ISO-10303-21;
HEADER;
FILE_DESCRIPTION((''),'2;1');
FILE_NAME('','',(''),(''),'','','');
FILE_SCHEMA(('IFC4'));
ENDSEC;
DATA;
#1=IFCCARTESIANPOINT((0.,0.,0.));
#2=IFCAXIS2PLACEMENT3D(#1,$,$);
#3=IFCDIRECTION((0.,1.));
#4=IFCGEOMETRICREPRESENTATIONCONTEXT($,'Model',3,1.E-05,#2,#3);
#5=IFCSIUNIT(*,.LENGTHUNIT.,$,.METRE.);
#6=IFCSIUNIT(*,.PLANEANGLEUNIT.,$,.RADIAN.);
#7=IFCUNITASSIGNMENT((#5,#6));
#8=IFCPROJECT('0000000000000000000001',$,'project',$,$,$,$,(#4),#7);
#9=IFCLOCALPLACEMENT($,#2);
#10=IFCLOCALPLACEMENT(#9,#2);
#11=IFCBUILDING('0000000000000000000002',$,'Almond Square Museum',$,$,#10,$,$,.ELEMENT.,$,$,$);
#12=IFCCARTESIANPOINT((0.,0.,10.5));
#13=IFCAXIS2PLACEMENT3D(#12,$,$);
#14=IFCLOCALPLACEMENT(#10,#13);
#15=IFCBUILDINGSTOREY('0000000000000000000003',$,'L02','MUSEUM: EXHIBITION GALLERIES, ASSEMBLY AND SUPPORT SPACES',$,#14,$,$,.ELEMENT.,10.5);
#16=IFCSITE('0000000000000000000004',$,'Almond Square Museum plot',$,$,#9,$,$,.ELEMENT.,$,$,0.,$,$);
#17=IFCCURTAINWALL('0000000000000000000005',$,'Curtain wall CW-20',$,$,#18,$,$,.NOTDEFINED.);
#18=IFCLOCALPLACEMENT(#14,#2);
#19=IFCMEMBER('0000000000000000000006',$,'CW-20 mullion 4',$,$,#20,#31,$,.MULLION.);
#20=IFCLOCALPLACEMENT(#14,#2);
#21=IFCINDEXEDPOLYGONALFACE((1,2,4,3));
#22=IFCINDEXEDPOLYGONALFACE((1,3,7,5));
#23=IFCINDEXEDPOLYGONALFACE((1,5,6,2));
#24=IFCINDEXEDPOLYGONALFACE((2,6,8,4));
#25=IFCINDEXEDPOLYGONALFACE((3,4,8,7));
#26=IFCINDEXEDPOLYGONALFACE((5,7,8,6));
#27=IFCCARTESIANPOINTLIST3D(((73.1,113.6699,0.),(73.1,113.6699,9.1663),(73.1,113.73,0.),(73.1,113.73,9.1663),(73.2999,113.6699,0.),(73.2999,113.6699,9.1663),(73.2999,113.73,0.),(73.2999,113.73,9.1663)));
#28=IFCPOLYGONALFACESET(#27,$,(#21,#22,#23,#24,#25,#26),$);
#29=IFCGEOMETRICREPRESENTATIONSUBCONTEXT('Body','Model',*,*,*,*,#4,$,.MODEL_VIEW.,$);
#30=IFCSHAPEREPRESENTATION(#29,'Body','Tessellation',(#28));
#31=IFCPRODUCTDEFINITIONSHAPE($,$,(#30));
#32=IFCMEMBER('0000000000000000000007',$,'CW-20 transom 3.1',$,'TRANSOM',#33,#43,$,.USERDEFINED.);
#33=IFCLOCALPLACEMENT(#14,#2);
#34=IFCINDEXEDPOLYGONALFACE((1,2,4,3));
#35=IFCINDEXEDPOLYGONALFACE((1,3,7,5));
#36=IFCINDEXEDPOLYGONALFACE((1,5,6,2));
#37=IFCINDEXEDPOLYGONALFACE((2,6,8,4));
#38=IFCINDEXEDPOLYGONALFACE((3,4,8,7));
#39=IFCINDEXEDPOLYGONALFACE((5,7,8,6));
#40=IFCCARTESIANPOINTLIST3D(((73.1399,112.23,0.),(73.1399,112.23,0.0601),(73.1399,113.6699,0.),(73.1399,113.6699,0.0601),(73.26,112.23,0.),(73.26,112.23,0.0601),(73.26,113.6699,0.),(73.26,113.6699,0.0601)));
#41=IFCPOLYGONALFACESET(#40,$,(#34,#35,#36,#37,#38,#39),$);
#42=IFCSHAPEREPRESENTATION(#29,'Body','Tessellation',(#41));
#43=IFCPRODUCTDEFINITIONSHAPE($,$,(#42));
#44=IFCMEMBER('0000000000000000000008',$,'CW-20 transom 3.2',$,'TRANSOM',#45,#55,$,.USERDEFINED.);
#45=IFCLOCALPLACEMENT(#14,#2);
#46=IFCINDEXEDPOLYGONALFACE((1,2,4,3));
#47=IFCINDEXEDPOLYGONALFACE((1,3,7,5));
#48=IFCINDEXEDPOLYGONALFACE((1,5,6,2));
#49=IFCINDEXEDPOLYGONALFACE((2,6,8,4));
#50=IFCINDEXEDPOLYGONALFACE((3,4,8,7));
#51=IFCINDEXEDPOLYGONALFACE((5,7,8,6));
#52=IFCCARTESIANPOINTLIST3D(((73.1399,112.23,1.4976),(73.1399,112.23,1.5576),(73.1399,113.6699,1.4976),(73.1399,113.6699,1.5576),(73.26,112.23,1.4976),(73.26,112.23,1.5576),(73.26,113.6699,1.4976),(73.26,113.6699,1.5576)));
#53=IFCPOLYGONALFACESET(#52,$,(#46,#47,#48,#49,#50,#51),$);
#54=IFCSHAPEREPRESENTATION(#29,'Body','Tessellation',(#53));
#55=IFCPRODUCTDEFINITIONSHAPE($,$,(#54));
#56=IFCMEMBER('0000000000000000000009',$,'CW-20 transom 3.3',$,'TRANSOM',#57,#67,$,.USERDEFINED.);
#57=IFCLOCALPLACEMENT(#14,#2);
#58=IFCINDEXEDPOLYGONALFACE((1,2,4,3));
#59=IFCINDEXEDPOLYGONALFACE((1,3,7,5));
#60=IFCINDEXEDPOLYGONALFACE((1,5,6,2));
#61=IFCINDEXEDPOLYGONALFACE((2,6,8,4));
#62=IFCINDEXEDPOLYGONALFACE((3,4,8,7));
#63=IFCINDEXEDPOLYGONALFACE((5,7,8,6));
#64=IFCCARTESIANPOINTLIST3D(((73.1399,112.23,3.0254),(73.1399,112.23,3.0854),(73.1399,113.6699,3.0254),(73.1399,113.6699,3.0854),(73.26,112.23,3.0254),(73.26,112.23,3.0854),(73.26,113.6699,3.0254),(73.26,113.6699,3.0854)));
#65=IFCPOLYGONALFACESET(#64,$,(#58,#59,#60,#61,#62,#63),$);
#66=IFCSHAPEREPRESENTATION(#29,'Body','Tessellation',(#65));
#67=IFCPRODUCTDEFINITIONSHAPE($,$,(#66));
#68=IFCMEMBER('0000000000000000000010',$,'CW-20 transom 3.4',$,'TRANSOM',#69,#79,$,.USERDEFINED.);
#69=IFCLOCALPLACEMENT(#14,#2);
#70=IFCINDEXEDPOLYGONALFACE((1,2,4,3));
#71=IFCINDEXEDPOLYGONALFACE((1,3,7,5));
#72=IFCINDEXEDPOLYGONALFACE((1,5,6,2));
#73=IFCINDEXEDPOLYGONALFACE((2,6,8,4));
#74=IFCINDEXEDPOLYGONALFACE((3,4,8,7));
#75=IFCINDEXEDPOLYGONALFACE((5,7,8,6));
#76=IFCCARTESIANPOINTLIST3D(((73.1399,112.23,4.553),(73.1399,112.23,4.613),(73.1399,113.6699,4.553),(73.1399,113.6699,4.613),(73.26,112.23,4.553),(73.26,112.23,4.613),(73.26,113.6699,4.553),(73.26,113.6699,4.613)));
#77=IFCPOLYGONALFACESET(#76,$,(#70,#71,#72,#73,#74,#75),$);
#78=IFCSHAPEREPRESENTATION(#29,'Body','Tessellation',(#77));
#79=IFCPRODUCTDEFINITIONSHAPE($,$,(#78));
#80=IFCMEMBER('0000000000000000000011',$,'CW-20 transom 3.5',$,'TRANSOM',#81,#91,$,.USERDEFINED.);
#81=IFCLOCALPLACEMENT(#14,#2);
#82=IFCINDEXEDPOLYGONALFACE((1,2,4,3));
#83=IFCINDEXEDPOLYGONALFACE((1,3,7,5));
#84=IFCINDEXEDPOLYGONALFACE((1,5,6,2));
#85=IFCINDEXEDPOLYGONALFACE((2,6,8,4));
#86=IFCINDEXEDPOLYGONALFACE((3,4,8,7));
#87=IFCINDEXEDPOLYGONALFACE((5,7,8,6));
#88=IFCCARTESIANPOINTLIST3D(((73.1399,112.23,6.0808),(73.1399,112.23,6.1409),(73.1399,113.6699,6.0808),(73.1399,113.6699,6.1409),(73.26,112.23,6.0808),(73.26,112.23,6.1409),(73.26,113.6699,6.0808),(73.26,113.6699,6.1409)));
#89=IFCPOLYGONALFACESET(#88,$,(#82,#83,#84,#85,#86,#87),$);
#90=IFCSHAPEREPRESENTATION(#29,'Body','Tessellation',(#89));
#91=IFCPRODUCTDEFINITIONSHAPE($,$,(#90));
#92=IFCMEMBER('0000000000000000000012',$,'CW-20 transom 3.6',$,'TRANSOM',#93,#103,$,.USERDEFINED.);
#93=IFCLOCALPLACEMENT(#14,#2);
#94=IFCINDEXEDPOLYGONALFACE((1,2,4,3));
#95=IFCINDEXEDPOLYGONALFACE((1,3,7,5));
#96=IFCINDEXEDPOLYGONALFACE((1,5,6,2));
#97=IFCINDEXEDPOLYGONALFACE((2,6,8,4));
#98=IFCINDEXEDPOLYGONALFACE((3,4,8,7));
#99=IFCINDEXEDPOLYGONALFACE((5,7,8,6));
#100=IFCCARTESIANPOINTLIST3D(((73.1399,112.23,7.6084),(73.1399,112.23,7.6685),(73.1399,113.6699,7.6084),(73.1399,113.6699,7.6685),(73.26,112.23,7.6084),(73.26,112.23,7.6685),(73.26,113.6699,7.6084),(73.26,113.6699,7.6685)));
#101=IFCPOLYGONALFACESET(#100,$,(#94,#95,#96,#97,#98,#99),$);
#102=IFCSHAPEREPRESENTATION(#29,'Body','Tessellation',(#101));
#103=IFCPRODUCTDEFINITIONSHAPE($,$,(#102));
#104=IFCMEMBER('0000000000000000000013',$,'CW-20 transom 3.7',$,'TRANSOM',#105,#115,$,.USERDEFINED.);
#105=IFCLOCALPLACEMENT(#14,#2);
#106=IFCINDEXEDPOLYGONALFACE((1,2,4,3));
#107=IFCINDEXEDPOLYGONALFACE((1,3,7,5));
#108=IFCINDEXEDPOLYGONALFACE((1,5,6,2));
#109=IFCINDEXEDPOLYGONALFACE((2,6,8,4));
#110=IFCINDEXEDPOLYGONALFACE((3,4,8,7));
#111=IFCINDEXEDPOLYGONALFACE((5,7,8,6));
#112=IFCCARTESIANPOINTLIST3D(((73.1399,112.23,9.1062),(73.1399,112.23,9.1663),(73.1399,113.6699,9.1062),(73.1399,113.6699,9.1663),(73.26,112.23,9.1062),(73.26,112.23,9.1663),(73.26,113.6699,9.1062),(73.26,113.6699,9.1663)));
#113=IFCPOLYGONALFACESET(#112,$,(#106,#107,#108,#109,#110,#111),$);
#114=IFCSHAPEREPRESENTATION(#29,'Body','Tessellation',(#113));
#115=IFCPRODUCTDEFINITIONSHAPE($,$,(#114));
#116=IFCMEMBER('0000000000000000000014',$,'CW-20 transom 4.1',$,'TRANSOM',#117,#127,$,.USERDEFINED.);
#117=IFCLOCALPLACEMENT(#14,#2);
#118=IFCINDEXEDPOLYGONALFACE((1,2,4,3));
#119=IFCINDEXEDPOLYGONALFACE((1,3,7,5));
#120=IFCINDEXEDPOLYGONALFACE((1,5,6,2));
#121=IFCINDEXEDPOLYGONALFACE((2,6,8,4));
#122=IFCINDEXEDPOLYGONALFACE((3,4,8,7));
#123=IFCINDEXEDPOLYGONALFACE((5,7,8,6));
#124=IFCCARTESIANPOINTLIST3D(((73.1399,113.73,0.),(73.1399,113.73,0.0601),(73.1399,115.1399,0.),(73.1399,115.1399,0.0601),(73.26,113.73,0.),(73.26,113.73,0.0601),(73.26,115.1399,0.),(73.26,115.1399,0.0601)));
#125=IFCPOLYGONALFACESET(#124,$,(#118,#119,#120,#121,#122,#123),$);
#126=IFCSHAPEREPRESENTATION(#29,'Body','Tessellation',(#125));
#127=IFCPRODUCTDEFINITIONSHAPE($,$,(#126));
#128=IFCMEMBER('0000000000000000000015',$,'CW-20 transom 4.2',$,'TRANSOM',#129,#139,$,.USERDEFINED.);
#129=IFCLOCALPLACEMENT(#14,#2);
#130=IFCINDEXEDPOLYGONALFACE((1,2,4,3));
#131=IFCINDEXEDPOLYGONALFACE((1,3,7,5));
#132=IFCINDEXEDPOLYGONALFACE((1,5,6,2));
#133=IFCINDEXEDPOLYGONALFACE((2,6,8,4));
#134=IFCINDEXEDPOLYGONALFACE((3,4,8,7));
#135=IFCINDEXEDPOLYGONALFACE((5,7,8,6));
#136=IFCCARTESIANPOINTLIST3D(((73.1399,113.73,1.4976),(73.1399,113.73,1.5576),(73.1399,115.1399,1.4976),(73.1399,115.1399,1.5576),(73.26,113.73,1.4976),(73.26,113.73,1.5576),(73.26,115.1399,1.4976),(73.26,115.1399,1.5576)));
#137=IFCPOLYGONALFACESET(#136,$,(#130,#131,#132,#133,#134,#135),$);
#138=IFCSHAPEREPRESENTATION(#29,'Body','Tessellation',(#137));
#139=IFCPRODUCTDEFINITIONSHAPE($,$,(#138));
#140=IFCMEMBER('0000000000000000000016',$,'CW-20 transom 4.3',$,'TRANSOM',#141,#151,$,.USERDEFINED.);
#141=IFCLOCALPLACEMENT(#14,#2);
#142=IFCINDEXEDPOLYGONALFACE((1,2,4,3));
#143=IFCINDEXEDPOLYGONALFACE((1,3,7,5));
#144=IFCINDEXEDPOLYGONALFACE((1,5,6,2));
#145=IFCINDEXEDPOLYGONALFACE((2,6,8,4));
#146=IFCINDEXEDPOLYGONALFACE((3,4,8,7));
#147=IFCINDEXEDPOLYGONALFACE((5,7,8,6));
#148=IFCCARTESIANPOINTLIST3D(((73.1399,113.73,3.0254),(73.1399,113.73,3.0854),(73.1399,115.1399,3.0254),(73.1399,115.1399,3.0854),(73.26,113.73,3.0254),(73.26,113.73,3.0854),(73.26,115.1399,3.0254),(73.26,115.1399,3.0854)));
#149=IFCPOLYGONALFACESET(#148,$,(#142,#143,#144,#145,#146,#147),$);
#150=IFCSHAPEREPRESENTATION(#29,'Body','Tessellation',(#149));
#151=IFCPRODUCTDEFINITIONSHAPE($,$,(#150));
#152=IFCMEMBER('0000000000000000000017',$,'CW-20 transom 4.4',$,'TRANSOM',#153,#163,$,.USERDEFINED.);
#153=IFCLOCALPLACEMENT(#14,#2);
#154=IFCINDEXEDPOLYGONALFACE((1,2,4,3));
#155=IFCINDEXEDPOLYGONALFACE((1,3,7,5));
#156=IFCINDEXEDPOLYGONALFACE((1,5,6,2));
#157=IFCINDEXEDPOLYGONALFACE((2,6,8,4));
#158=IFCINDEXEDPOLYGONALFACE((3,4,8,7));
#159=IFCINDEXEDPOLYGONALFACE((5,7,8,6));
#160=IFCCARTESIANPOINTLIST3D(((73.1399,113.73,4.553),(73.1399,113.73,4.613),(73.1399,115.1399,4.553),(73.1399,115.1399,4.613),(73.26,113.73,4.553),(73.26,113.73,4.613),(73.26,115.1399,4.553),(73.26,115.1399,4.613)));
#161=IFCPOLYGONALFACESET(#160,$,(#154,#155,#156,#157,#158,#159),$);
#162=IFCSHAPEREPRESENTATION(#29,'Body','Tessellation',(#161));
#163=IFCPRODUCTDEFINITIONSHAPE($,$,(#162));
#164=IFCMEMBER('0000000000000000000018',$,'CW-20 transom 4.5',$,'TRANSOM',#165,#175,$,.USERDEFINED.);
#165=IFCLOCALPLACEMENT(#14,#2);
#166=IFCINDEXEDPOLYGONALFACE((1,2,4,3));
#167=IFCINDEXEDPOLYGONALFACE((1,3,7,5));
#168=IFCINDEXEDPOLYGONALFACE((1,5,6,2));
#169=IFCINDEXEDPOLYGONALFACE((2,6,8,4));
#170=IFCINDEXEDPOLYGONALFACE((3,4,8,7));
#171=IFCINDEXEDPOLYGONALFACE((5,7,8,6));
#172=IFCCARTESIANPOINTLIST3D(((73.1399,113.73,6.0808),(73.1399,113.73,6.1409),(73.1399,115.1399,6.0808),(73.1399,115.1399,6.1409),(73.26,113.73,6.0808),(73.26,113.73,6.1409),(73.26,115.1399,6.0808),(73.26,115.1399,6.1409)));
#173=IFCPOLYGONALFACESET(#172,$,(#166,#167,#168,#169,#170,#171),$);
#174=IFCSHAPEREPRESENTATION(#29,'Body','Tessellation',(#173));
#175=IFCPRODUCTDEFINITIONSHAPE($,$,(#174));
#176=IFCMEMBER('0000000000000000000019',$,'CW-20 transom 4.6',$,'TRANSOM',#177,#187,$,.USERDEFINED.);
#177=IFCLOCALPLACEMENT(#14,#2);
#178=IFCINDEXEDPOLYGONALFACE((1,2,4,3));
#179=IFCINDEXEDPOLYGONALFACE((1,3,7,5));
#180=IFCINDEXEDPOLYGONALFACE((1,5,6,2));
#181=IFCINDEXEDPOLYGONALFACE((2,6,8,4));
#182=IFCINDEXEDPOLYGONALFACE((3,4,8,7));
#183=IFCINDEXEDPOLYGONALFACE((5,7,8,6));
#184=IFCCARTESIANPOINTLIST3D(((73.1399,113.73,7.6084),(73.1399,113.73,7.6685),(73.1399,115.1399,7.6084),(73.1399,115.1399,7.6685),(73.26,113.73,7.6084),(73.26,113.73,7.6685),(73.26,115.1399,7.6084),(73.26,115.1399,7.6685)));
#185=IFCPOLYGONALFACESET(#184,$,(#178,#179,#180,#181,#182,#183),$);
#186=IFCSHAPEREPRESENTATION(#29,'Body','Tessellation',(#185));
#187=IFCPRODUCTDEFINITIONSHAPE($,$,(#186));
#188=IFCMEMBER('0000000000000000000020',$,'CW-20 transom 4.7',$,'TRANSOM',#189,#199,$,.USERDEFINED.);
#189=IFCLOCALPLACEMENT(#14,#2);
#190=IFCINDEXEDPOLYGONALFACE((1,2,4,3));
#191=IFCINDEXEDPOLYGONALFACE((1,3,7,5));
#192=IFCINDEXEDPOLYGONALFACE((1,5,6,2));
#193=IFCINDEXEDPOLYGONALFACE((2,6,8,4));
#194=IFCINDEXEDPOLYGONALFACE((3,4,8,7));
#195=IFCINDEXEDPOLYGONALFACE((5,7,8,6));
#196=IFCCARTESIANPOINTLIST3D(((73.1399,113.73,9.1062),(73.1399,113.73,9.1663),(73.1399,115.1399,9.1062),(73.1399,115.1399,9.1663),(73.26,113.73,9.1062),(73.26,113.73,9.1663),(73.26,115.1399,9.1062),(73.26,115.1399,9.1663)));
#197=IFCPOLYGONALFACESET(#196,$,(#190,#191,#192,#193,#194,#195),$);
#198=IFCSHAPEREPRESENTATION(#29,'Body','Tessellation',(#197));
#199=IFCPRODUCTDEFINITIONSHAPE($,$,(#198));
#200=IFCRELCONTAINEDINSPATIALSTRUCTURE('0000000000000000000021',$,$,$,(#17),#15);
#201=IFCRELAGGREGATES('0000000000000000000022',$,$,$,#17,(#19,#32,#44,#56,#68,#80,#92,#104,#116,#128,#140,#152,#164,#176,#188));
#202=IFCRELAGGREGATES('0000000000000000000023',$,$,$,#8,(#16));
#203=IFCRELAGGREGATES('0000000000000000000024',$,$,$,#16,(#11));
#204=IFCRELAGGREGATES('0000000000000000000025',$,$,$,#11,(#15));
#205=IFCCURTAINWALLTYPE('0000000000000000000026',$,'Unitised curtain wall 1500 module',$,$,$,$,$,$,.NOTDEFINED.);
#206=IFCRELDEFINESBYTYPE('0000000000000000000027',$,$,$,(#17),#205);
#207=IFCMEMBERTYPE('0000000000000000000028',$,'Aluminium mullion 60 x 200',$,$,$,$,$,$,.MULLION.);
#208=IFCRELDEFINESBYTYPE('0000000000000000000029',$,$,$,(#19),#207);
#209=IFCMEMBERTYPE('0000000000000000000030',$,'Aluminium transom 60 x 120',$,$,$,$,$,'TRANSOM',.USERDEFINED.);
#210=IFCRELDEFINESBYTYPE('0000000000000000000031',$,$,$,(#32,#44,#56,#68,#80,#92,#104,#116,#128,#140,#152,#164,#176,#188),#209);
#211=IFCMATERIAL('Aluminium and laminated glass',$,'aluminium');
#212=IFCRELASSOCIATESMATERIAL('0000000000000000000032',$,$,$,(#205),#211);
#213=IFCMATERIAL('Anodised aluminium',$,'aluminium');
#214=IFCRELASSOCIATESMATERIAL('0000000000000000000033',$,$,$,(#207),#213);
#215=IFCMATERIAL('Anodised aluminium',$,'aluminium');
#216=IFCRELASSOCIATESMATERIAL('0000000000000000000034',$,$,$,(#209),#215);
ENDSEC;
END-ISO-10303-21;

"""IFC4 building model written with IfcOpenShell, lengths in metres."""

from ifc_helpers import new_model, si_unit, direction, frame, origin, origin_2d, place, context, subcontext, project, spatial, rectangle, extrude, material, material_profile, profile_set, type_object, element, aggregate, save


model = new_model("IFC4")

# Units and contexts
model_context = context("Model", 3, precision=1e-05, world=origin(), true_north=direction((0.0, 1.0)))
body_context = subcontext(model_context, "Body", "Model", "MODEL_VIEW")
ifc_project = project(units=[si_unit("LENGTHUNIT", "METRE"), si_unit("PLANEANGLEUNIT", "RADIAN")], contexts=[model_context])

# Site, building, storey
site_placement = place(None, origin())
site = spatial("IfcSite", under=ifc_project, at=site_placement, Name="Almond Square Museum plot", CompositionType="ELEMENT", RefElevation=0.0)
building_placement = place(site_placement, origin())
building = spatial("IfcBuilding", under=site, at=building_placement, Name="Almond Square Museum", CompositionType="ELEMENT")
storey_placement = place(building_placement, frame((0.0, 0.0, 10.5)))
storey = spatial("IfcBuildingStorey", under=building, at=storey_placement, Name="L02", Description="MUSEUM: EXHIBITION GALLERIES, ASSEMBLY AND SUPPORT SPACES", CompositionType="ELEMENT", Elevation=10.5)

# Curtain wall, members
ifc_material_1 = material(Name="Aluminium and laminated glass", Category="aluminium")
curtain_wall_type = type_object("IfcCurtainWallType", Name="Unitised curtain wall 1500 module", PredefinedType="NOTDEFINED", material=ifc_material_1)
curtain_wall_placement = place(storey_placement, origin())
curtain_wall = element("IfcCurtainWall", 1, at=curtain_wall_placement, inside=storey, type_object=curtain_wall_type, Name="Curtain wall CW-20", PredefinedType="NOTDEFINED")
ifc_material_2 = material(Name="Anodised aluminium", Category="aluminium")
ifc_material_profile_1 = material_profile(ifc_material_2, rectangle(XDim=0.2, YDim=0.0601, at=origin_2d()))
ifc_profile_set_1 = profile_set([ifc_material_profile_1], Name="Anodised aluminium")
member_type_1 = type_object("IfcMemberType", Name="Aluminium mullion 60 x 200", PredefinedType="MULLION", material=ifc_profile_set_1)
member_1_placement = place(storey_placement, frame((73.2, 113.7, 0.0), z_axis=(0.0, 0.0, 1.0), x_axis=(-1.0, 0.0, 0.0)))
member_1 = element("IfcMember", 2, at=member_1_placement, type_object=member_type_1, Name="CW-20 mullion 4", PredefinedType="MULLION", context=body_context, shape_type="SweptSolid", body=[
    extrude(rectangle(XDim=0.2, YDim=0.0601, at=origin_2d()), origin(), (0.0, 0.0, 1.0), 9.1663),
])
ifc_material_3 = material(Name="Anodised aluminium", Category="aluminium")
ifc_material_profile_2 = material_profile(ifc_material_3, rectangle(XDim=0.1201, YDim=0.0601, at=origin_2d()))
ifc_profile_set_2 = profile_set([ifc_material_profile_2], Name="Anodised aluminium")
member_type_2 = type_object("IfcMemberType", Name="Aluminium transom 60 x 120", ElementType="TRANSOM", PredefinedType="USERDEFINED", material=ifc_profile_set_2)
member_2_placement = place(storey_placement, frame((73.2, 112.23, 0.03), z_axis=(0.0, 1.0, 0.0), x_axis=(-1.0, 0.0, 0.0)))
member_2 = element("IfcMember", 3, at=member_2_placement, type_object=member_type_2, Name="CW-20 transom 3.1", ObjectType="TRANSOM", PredefinedType="USERDEFINED", context=body_context, shape_type="SweptSolid", body=[
    extrude(rectangle(XDim=0.1201, YDim=0.0601, at=origin_2d()), origin(), (0.0, 0.0, 1.0), 1.4399),
])
member_3_placement = place(storey_placement, frame((73.2, 112.23, 1.5276), z_axis=(0.0, 1.0, 0.0), x_axis=(-1.0, 0.0, 0.0)))
member_3 = element("IfcMember", 4, at=member_3_placement, type_object=member_type_2, Name="CW-20 transom 3.2", ObjectType="TRANSOM", PredefinedType="USERDEFINED", context=body_context, shape_type="SweptSolid", body=[
    extrude(rectangle(XDim=0.1201, YDim=0.0601, at=origin_2d()), origin(), (0.0, 0.0, 1.0), 1.4399),
])
member_4_placement = place(storey_placement, frame((73.2, 112.23, 3.0554), z_axis=(0.0, 1.0, 0.0), x_axis=(-1.0, 0.0, 0.0)))
member_4 = element("IfcMember", 5, at=member_4_placement, type_object=member_type_2, Name="CW-20 transom 3.3", ObjectType="TRANSOM", PredefinedType="USERDEFINED", context=body_context, shape_type="SweptSolid", body=[
    extrude(rectangle(XDim=0.1201, YDim=0.0601, at=origin_2d()), origin(), (0.0, 0.0, 1.0), 1.4399),
])
member_5_placement = place(storey_placement, frame((73.2, 112.23, 4.583), z_axis=(0.0, 1.0, 0.0), x_axis=(-1.0, 0.0, 0.0)))
member_5 = element("IfcMember", 6, at=member_5_placement, type_object=member_type_2, Name="CW-20 transom 3.4", ObjectType="TRANSOM", PredefinedType="USERDEFINED", context=body_context, shape_type="SweptSolid", body=[
    extrude(rectangle(XDim=0.1201, YDim=0.0601, at=origin_2d()), origin(), (0.0, 0.0, 1.0), 1.4399),
])
member_6_placement = place(storey_placement, frame((73.2, 112.23, 6.1108), z_axis=(0.0, 1.0, 0.0), x_axis=(-1.0, 0.0, 0.0)))
member_6 = element("IfcMember", 7, at=member_6_placement, type_object=member_type_2, Name="CW-20 transom 3.5", ObjectType="TRANSOM", PredefinedType="USERDEFINED", context=body_context, shape_type="SweptSolid", body=[
    extrude(rectangle(XDim=0.1201, YDim=0.0601, at=origin_2d()), origin(), (0.0, 0.0, 1.0), 1.4399),
])
member_7_placement = place(storey_placement, frame((73.2, 112.23, 7.6384), z_axis=(0.0, 1.0, 0.0), x_axis=(-1.0, 0.0, 0.0)))
member_7 = element("IfcMember", 8, at=member_7_placement, type_object=member_type_2, Name="CW-20 transom 3.6", ObjectType="TRANSOM", PredefinedType="USERDEFINED", context=body_context, shape_type="SweptSolid", body=[
    extrude(rectangle(XDim=0.1201, YDim=0.0601, at=origin_2d()), origin(), (0.0, 0.0, 1.0), 1.4399),
])
member_8_placement = place(storey_placement, frame((73.2, 112.23, 9.1362), z_axis=(0.0, 1.0, 0.0), x_axis=(-1.0, 0.0, 0.0)))
member_8 = element("IfcMember", 9, at=member_8_placement, type_object=member_type_2, Name="CW-20 transom 3.7", ObjectType="TRANSOM", PredefinedType="USERDEFINED", context=body_context, shape_type="SweptSolid", body=[
    extrude(rectangle(XDim=0.1201, YDim=0.0601, at=origin_2d()), origin(), (0.0, 0.0, 1.0), 1.4399),
])
member_9_placement = place(storey_placement, frame((73.2, 113.73, 0.03), z_axis=(0.0, 1.0, 0.0), x_axis=(-1.0, 0.0, 0.0)))
member_9 = element("IfcMember", 10, at=member_9_placement, type_object=member_type_2, Name="CW-20 transom 4.1", ObjectType="TRANSOM", PredefinedType="USERDEFINED", context=body_context, shape_type="SweptSolid", body=[
    extrude(rectangle(XDim=0.1201, YDim=0.0601, at=origin_2d()), origin(), (0.0, 0.0, 1.0), 1.4099),
])
member_10_placement = place(storey_placement, frame((73.2, 113.73, 1.5276), z_axis=(0.0, 1.0, 0.0), x_axis=(-1.0, 0.0, 0.0)))
member_10 = element("IfcMember", 11, at=member_10_placement, type_object=member_type_2, Name="CW-20 transom 4.2", ObjectType="TRANSOM", PredefinedType="USERDEFINED", context=body_context, shape_type="SweptSolid", body=[
    extrude(rectangle(XDim=0.1201, YDim=0.0601, at=origin_2d()), origin(), (0.0, 0.0, 1.0), 1.4099),
])
member_11_placement = place(storey_placement, frame((73.2, 113.73, 3.0554), z_axis=(0.0, 1.0, 0.0), x_axis=(-1.0, 0.0, 0.0)))
member_11 = element("IfcMember", 12, at=member_11_placement, type_object=member_type_2, Name="CW-20 transom 4.3", ObjectType="TRANSOM", PredefinedType="USERDEFINED", context=body_context, shape_type="SweptSolid", body=[
    extrude(rectangle(XDim=0.1201, YDim=0.0601, at=origin_2d()), origin(), (0.0, 0.0, 1.0), 1.4099),
])
member_12_placement = place(storey_placement, frame((73.2, 113.73, 4.583), z_axis=(0.0, 1.0, 0.0), x_axis=(-1.0, 0.0, 0.0)))
member_12 = element("IfcMember", 13, at=member_12_placement, type_object=member_type_2, Name="CW-20 transom 4.4", ObjectType="TRANSOM", PredefinedType="USERDEFINED", context=body_context, shape_type="SweptSolid", body=[
    extrude(rectangle(XDim=0.1201, YDim=0.0601, at=origin_2d()), origin(), (0.0, 0.0, 1.0), 1.4099),
])
member_13_placement = place(storey_placement, frame((73.2, 113.73, 6.1108), z_axis=(0.0, 1.0, 0.0), x_axis=(-1.0, 0.0, 0.0)))
member_13 = element("IfcMember", 14, at=member_13_placement, type_object=member_type_2, Name="CW-20 transom 4.5", ObjectType="TRANSOM", PredefinedType="USERDEFINED", context=body_context, shape_type="SweptSolid", body=[
    extrude(rectangle(XDim=0.1201, YDim=0.0601, at=origin_2d()), origin(), (0.0, 0.0, 1.0), 1.4099),
])
member_14_placement = place(storey_placement, frame((73.2, 113.73, 7.6384), z_axis=(0.0, 1.0, 0.0), x_axis=(-1.0, 0.0, 0.0)))
member_14 = element("IfcMember", 15, at=member_14_placement, type_object=member_type_2, Name="CW-20 transom 4.6", ObjectType="TRANSOM", PredefinedType="USERDEFINED", context=body_context, shape_type="SweptSolid", body=[
    extrude(rectangle(XDim=0.1201, YDim=0.0601, at=origin_2d()), origin(), (0.0, 0.0, 1.0), 1.4099),
])
member_15_placement = place(storey_placement, frame((73.2, 113.73, 9.1362), z_axis=(0.0, 1.0, 0.0), x_axis=(-1.0, 0.0, 0.0)))
member_15 = element("IfcMember", 16, at=member_15_placement, type_object=member_type_2, Name="CW-20 transom 4.7", ObjectType="TRANSOM", PredefinedType="USERDEFINED", context=body_context, shape_type="SweptSolid", body=[
    extrude(rectangle(XDim=0.1201, YDim=0.0601, at=origin_2d()), origin(), (0.0, 0.0, 1.0), 1.4099),
])

aggregate(curtain_wall, [member_1, member_2, member_3, member_4, member_5, member_6, member_7, member_8, member_9, member_10, member_11, member_12, member_13, member_14, member_15])

save(model, "model.ifc")
